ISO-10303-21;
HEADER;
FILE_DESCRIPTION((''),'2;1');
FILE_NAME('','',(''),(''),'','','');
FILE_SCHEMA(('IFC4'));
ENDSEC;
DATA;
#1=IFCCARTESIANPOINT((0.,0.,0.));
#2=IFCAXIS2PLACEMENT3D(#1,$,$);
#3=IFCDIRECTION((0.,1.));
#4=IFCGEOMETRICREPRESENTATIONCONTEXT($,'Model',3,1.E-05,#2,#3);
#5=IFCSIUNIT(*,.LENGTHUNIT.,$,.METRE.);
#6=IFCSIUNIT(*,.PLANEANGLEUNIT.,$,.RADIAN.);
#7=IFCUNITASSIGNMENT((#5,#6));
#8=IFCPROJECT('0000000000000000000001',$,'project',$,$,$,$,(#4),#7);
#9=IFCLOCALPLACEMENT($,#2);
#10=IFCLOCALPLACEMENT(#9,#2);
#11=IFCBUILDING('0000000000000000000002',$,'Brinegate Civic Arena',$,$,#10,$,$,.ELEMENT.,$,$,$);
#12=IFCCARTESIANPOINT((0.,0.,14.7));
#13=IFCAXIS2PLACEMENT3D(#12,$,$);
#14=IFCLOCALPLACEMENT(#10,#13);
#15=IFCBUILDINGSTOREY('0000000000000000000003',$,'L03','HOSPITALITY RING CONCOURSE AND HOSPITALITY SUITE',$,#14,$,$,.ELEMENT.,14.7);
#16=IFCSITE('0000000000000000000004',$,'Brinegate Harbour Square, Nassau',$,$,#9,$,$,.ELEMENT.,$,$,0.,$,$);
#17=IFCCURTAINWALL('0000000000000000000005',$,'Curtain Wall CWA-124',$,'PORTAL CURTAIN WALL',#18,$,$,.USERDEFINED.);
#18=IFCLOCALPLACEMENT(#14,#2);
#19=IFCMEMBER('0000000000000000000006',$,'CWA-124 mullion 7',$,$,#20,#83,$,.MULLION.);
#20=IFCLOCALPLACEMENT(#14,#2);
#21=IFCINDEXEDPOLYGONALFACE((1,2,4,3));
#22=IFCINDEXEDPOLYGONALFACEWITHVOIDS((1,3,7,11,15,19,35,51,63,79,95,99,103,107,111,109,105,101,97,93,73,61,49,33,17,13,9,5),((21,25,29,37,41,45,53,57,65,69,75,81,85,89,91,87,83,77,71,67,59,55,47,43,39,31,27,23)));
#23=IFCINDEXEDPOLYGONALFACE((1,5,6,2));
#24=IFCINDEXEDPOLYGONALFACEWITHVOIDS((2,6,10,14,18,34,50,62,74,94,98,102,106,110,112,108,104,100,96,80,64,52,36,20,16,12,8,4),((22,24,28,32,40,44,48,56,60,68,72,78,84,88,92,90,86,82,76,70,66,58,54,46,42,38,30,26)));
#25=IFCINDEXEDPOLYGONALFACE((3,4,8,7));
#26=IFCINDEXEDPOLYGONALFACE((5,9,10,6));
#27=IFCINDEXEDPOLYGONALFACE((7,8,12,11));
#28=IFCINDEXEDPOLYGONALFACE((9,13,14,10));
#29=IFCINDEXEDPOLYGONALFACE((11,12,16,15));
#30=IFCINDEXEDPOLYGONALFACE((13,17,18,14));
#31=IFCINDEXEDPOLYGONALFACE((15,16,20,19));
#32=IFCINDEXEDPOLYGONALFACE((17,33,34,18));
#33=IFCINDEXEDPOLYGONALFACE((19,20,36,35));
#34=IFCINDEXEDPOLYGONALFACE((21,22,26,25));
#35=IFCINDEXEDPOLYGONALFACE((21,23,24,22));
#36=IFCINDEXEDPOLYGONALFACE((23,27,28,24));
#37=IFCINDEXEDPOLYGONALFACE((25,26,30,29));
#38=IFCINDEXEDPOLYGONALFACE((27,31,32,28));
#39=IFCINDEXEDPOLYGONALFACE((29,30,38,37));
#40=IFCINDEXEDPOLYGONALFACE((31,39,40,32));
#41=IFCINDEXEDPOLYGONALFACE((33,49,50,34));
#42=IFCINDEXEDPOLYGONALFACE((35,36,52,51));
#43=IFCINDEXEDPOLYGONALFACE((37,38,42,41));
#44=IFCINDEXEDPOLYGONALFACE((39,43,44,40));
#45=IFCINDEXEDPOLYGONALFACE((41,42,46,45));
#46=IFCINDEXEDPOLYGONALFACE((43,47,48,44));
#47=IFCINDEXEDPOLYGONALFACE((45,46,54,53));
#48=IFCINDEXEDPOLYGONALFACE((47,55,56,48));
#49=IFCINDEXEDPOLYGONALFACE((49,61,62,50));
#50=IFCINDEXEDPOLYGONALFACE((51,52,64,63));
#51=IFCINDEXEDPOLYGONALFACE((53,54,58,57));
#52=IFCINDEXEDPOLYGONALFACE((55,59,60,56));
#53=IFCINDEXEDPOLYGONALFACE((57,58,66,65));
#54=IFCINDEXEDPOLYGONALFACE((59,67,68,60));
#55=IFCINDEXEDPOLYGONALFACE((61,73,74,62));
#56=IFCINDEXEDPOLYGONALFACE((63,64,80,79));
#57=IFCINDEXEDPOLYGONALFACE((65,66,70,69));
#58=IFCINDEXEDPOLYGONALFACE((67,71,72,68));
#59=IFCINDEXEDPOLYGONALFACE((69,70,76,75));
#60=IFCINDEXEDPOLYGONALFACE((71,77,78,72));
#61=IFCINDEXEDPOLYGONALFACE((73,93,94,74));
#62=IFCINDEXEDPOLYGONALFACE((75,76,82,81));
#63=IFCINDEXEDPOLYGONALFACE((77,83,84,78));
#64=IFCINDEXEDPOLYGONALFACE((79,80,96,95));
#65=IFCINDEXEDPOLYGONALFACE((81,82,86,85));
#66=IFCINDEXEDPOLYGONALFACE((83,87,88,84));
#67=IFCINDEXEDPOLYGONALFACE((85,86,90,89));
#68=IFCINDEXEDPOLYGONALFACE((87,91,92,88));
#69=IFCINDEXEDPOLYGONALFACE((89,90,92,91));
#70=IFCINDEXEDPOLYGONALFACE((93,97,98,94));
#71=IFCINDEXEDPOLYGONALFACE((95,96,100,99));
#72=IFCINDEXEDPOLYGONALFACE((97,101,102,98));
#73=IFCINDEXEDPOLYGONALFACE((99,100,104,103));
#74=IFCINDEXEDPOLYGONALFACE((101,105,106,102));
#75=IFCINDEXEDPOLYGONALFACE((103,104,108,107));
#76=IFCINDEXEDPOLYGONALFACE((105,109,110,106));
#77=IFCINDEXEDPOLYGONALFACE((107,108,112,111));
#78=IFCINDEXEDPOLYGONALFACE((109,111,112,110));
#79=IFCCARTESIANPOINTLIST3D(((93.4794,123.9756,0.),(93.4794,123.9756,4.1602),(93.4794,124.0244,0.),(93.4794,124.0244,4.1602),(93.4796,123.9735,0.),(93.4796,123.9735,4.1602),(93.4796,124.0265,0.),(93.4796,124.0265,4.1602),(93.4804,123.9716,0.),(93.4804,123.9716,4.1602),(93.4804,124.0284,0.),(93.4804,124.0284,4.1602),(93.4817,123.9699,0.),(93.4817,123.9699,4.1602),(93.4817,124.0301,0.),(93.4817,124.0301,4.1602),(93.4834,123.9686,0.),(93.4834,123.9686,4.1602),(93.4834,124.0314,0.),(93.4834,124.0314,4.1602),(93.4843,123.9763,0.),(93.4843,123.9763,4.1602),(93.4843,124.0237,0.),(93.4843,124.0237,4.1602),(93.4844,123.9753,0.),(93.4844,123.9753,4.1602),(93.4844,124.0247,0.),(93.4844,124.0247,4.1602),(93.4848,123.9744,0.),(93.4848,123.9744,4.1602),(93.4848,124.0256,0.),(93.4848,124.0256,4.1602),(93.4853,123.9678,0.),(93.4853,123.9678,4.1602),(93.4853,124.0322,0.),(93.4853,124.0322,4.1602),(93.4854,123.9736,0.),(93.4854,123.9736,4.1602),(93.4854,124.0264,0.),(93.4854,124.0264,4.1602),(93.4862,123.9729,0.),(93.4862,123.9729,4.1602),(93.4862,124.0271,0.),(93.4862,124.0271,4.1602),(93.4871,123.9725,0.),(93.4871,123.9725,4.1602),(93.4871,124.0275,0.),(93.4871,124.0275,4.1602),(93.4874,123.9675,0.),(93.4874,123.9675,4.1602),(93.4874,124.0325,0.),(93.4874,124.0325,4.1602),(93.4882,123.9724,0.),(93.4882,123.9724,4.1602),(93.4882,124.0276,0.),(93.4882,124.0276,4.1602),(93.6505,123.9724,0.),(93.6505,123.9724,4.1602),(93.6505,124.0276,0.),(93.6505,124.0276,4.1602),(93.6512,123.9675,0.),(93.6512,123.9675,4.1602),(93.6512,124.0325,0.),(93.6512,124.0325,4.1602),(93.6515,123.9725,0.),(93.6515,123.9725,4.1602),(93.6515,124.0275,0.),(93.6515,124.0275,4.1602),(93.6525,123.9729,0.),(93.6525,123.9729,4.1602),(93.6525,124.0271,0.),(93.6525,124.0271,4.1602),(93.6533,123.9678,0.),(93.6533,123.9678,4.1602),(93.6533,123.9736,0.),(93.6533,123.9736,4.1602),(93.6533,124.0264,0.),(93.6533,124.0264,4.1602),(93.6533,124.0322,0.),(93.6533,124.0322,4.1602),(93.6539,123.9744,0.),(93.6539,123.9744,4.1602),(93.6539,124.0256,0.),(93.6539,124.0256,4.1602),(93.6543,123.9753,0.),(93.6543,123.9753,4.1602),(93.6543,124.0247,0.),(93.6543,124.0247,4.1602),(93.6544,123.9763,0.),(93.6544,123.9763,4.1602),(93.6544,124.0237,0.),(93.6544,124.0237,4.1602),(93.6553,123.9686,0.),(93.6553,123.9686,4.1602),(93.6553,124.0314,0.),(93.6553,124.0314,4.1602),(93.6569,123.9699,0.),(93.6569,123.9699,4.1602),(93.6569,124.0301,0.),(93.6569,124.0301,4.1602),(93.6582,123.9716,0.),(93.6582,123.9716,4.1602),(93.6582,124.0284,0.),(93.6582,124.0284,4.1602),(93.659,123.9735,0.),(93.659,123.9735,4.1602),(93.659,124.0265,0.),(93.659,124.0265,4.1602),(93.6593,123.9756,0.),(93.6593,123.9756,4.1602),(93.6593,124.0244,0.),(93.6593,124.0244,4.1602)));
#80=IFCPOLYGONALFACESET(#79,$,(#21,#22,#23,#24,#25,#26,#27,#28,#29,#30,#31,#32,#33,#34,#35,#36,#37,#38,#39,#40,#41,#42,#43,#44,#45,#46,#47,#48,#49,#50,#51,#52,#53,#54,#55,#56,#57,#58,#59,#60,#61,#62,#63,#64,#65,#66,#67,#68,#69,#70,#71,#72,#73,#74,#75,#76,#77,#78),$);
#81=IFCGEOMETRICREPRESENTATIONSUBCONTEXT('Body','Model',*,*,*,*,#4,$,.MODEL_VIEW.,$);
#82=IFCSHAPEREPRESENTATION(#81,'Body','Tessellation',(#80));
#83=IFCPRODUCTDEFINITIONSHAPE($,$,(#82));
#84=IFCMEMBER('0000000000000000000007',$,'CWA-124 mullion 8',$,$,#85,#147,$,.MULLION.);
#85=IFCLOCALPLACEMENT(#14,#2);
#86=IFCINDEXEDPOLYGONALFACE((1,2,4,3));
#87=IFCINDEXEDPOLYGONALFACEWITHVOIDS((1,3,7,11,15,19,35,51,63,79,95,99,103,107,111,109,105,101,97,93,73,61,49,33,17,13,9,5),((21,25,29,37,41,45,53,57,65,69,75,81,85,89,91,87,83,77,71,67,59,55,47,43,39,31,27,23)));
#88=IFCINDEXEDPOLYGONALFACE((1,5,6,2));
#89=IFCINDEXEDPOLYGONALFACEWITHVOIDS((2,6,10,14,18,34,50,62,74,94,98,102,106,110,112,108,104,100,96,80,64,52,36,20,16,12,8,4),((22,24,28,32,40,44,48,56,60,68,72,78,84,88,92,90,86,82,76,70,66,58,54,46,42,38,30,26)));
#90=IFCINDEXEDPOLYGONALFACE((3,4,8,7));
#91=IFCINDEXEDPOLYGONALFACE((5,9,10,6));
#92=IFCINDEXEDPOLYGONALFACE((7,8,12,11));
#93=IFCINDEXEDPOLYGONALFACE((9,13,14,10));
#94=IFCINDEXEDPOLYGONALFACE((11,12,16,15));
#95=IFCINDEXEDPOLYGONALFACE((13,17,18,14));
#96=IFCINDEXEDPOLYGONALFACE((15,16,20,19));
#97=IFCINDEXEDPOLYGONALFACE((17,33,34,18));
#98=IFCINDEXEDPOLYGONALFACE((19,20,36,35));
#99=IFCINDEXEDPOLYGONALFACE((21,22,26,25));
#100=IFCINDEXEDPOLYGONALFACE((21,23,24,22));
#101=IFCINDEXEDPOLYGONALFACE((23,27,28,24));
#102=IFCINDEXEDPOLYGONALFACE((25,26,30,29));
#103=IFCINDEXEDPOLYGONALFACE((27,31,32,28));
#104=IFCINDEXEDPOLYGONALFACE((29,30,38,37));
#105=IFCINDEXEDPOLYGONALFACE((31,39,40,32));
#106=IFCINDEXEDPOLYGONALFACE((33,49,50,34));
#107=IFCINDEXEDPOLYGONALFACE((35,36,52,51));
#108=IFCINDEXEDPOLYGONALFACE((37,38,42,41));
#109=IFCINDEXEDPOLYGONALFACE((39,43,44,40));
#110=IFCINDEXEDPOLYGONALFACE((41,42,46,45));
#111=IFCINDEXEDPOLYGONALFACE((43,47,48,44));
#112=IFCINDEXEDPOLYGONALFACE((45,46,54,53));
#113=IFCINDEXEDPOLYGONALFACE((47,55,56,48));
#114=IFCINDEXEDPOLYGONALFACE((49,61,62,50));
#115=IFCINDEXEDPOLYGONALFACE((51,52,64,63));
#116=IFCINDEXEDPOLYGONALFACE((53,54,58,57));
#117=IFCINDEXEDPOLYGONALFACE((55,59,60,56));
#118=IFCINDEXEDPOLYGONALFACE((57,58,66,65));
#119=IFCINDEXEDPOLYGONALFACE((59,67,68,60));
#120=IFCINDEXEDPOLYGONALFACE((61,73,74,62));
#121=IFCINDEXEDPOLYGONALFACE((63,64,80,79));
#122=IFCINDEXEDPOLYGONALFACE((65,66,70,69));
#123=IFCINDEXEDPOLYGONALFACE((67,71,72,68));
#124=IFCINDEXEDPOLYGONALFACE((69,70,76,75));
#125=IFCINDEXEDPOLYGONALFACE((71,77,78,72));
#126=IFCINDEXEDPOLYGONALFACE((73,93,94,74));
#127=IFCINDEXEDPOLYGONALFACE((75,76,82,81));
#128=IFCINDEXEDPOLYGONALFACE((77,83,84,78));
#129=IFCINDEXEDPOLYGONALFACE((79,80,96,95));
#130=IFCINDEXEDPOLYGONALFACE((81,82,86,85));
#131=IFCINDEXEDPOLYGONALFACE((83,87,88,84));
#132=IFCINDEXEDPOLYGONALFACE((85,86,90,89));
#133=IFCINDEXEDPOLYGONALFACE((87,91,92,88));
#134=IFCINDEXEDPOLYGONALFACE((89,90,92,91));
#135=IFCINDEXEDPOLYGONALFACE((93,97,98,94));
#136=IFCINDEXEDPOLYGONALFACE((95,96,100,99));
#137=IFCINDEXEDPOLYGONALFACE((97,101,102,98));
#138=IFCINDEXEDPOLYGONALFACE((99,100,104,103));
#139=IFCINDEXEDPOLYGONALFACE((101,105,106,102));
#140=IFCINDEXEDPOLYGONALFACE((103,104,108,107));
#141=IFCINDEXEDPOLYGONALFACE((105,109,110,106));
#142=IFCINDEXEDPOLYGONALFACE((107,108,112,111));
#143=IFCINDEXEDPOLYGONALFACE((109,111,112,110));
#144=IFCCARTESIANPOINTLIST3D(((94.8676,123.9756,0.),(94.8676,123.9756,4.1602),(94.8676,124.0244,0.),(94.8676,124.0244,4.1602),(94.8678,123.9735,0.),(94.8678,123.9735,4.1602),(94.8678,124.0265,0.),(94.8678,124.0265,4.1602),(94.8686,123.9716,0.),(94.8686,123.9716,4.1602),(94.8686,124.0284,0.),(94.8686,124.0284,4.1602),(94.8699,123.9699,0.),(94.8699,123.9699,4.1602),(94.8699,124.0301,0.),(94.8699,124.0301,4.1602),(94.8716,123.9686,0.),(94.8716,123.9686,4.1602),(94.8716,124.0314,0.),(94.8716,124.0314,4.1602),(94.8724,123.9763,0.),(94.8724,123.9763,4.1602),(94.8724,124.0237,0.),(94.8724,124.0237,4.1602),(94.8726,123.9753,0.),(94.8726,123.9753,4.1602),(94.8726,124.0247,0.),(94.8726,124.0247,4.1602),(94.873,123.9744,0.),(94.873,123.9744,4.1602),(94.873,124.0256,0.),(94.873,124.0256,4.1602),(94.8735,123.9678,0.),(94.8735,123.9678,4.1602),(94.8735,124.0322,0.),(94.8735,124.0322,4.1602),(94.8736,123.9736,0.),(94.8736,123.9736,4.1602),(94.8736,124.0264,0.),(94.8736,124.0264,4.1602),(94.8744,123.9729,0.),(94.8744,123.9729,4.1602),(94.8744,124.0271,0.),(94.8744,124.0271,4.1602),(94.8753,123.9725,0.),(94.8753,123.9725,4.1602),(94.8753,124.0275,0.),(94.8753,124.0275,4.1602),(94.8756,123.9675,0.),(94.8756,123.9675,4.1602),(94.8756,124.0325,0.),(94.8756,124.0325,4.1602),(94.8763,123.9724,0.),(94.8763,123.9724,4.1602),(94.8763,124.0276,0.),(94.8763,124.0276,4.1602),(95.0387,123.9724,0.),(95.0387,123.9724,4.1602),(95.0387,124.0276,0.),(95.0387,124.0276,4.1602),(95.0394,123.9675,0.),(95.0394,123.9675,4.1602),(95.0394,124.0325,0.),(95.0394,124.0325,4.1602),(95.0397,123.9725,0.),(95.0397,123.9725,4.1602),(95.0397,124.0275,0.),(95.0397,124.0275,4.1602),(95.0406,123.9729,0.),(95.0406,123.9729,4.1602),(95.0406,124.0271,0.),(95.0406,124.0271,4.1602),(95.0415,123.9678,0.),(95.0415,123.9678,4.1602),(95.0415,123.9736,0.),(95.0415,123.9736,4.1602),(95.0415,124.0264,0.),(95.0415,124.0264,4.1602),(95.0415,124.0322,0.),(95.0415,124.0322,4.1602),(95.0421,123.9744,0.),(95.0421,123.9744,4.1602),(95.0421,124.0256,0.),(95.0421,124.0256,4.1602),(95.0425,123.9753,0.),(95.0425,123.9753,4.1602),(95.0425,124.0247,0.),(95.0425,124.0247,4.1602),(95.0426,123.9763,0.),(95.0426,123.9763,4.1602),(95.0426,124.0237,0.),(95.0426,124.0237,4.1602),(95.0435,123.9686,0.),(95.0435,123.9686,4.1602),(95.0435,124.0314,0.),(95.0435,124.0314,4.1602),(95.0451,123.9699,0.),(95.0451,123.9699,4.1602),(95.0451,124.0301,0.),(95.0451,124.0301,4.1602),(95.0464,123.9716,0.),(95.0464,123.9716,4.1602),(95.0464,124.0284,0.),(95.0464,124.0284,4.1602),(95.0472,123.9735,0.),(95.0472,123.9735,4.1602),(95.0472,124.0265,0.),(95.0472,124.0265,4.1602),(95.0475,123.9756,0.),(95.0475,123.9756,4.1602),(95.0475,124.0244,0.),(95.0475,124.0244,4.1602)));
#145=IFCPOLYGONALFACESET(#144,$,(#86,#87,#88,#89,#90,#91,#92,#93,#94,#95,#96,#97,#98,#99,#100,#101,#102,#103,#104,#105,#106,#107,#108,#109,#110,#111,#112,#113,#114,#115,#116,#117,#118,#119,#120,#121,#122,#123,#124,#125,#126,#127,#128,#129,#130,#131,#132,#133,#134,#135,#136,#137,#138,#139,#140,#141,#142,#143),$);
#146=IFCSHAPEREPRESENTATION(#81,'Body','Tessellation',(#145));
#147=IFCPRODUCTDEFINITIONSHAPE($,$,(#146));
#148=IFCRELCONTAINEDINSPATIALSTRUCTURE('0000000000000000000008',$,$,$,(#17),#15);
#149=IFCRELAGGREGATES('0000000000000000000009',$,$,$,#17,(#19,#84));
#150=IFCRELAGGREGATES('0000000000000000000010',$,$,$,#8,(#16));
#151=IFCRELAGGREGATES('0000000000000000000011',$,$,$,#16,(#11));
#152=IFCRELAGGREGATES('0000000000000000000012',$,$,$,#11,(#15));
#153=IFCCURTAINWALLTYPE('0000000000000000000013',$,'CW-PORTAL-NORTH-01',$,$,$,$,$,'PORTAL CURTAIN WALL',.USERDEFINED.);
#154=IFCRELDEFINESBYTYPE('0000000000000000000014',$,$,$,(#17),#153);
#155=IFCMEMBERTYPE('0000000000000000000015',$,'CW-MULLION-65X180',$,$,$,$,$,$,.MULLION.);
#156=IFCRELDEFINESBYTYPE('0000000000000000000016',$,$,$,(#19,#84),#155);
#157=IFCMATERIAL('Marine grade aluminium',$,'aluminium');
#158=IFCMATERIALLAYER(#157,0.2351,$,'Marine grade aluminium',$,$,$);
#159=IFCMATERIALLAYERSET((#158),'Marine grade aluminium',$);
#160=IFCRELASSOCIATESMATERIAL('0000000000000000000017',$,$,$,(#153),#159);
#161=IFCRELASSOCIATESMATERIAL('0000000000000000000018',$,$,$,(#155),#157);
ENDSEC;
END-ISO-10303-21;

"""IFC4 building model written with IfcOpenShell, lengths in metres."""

from ifc_helpers import new_model, si_unit, direction, frame, origin, origin_2d, place, context, subcontext, project, spatial, hollow_rectangle, extrude, material, layer, layer_set, material_profile, profile_set, type_object, element, aggregate, save


model = new_model("IFC4")

# Units and contexts
model_context = context("Model", 3, precision=1e-05, world=origin(), true_north=direction((0.0, 1.0)))
body_context = subcontext(model_context, "Body", "Model", "MODEL_VIEW")
ifc_project = project(units=[si_unit("LENGTHUNIT", "METRE"), si_unit("PLANEANGLEUNIT", "RADIAN")], contexts=[model_context])

# Site, building, storey
site_placement = place(None, origin())
site = spatial("IfcSite", under=ifc_project, at=site_placement, Name="Brinegate Harbour Square, Nassau", CompositionType="ELEMENT", RefElevation=0.0)
building_placement = place(site_placement, origin())
building = spatial("IfcBuilding", under=site, at=building_placement, Name="Brinegate Civic Arena", CompositionType="ELEMENT")
storey_placement = place(building_placement, frame((0.0, 0.0, 14.7)))
storey = spatial("IfcBuildingStorey", under=building, at=storey_placement, Name="L03", Description="HOSPITALITY RING CONCOURSE AND HOSPITALITY SUITE", CompositionType="ELEMENT", Elevation=14.7)

# Curtain wall, members
ifc_material_1 = material(Name="Marine grade aluminium", Category="aluminium")
ifc_layer_1 = layer(ifc_material_1, 0.2351, Name="Marine grade aluminium")
ifc_layer_set_1 = layer_set([ifc_layer_1], Name="Marine grade aluminium")
curtain_wall_type = type_object("IfcCurtainWallType", Name="CW-PORTAL-NORTH-01", ElementType="PORTAL CURTAIN WALL", PredefinedType="USERDEFINED", material=ifc_layer_set_1)
curtain_wall_placement = place(storey_placement, origin())
curtain_wall = element("IfcCurtainWall", 1, at=curtain_wall_placement, inside=storey, type_object=curtain_wall_type, Name="Curtain Wall CWA-124", ObjectType="PORTAL CURTAIN WALL", PredefinedType="USERDEFINED")
ifc_material_profile_1 = material_profile(ifc_material_1, hollow_rectangle(XDim=0.0649, YDim=0.1799, WallThickness=0.0049, InnerFilletRadius=0.0039, OuterFilletRadius=0.0081, at=origin_2d()), Name="MUL65X180")
ifc_profile_set_1 = profile_set([ifc_material_profile_1], Name="Marine grade aluminium")
member_type_1 = type_object("IfcMemberType", Name="CW-MULLION-65X180", PredefinedType="MULLION", material=ifc_profile_set_1)
member_1_placement = place(storey_placement, frame((93.5693, 124.0, 0.0), z_axis=(0.0, 0.0, 1.0), x_axis=(0.0, 1.0, 0.0)))
member_1 = element("IfcMember", 2, at=member_1_placement, type_object=member_type_1, Name="CWA-124 mullion 7", PredefinedType="MULLION", context=body_context, shape_type="SweptSolid", body=[
    extrude(hollow_rectangle(XDim=0.0649, YDim=0.1799, WallThickness=0.0049, InnerFilletRadius=0.0039, OuterFilletRadius=0.0081, at=origin_2d()), origin(), (0.0, 0.0, 1.0), 4.1602),
])
member_2_placement = place(storey_placement, frame((94.9575, 124.0, 0.0), z_axis=(0.0, 0.0, 1.0), x_axis=(0.0, 1.0, 0.0)))
member_2 = element("IfcMember", 3, at=member_2_placement, type_object=member_type_1, Name="CWA-124 mullion 8", PredefinedType="MULLION", context=body_context, shape_type="SweptSolid", body=[
    extrude(hollow_rectangle(XDim=0.0649, YDim=0.1799, WallThickness=0.0049, InnerFilletRadius=0.0039, OuterFilletRadius=0.0081, at=origin_2d()), origin(), (0.0, 0.0, 1.0), 4.1602),
])

aggregate(curtain_wall, [member_1, member_2])

save(model, "model.ifc")
